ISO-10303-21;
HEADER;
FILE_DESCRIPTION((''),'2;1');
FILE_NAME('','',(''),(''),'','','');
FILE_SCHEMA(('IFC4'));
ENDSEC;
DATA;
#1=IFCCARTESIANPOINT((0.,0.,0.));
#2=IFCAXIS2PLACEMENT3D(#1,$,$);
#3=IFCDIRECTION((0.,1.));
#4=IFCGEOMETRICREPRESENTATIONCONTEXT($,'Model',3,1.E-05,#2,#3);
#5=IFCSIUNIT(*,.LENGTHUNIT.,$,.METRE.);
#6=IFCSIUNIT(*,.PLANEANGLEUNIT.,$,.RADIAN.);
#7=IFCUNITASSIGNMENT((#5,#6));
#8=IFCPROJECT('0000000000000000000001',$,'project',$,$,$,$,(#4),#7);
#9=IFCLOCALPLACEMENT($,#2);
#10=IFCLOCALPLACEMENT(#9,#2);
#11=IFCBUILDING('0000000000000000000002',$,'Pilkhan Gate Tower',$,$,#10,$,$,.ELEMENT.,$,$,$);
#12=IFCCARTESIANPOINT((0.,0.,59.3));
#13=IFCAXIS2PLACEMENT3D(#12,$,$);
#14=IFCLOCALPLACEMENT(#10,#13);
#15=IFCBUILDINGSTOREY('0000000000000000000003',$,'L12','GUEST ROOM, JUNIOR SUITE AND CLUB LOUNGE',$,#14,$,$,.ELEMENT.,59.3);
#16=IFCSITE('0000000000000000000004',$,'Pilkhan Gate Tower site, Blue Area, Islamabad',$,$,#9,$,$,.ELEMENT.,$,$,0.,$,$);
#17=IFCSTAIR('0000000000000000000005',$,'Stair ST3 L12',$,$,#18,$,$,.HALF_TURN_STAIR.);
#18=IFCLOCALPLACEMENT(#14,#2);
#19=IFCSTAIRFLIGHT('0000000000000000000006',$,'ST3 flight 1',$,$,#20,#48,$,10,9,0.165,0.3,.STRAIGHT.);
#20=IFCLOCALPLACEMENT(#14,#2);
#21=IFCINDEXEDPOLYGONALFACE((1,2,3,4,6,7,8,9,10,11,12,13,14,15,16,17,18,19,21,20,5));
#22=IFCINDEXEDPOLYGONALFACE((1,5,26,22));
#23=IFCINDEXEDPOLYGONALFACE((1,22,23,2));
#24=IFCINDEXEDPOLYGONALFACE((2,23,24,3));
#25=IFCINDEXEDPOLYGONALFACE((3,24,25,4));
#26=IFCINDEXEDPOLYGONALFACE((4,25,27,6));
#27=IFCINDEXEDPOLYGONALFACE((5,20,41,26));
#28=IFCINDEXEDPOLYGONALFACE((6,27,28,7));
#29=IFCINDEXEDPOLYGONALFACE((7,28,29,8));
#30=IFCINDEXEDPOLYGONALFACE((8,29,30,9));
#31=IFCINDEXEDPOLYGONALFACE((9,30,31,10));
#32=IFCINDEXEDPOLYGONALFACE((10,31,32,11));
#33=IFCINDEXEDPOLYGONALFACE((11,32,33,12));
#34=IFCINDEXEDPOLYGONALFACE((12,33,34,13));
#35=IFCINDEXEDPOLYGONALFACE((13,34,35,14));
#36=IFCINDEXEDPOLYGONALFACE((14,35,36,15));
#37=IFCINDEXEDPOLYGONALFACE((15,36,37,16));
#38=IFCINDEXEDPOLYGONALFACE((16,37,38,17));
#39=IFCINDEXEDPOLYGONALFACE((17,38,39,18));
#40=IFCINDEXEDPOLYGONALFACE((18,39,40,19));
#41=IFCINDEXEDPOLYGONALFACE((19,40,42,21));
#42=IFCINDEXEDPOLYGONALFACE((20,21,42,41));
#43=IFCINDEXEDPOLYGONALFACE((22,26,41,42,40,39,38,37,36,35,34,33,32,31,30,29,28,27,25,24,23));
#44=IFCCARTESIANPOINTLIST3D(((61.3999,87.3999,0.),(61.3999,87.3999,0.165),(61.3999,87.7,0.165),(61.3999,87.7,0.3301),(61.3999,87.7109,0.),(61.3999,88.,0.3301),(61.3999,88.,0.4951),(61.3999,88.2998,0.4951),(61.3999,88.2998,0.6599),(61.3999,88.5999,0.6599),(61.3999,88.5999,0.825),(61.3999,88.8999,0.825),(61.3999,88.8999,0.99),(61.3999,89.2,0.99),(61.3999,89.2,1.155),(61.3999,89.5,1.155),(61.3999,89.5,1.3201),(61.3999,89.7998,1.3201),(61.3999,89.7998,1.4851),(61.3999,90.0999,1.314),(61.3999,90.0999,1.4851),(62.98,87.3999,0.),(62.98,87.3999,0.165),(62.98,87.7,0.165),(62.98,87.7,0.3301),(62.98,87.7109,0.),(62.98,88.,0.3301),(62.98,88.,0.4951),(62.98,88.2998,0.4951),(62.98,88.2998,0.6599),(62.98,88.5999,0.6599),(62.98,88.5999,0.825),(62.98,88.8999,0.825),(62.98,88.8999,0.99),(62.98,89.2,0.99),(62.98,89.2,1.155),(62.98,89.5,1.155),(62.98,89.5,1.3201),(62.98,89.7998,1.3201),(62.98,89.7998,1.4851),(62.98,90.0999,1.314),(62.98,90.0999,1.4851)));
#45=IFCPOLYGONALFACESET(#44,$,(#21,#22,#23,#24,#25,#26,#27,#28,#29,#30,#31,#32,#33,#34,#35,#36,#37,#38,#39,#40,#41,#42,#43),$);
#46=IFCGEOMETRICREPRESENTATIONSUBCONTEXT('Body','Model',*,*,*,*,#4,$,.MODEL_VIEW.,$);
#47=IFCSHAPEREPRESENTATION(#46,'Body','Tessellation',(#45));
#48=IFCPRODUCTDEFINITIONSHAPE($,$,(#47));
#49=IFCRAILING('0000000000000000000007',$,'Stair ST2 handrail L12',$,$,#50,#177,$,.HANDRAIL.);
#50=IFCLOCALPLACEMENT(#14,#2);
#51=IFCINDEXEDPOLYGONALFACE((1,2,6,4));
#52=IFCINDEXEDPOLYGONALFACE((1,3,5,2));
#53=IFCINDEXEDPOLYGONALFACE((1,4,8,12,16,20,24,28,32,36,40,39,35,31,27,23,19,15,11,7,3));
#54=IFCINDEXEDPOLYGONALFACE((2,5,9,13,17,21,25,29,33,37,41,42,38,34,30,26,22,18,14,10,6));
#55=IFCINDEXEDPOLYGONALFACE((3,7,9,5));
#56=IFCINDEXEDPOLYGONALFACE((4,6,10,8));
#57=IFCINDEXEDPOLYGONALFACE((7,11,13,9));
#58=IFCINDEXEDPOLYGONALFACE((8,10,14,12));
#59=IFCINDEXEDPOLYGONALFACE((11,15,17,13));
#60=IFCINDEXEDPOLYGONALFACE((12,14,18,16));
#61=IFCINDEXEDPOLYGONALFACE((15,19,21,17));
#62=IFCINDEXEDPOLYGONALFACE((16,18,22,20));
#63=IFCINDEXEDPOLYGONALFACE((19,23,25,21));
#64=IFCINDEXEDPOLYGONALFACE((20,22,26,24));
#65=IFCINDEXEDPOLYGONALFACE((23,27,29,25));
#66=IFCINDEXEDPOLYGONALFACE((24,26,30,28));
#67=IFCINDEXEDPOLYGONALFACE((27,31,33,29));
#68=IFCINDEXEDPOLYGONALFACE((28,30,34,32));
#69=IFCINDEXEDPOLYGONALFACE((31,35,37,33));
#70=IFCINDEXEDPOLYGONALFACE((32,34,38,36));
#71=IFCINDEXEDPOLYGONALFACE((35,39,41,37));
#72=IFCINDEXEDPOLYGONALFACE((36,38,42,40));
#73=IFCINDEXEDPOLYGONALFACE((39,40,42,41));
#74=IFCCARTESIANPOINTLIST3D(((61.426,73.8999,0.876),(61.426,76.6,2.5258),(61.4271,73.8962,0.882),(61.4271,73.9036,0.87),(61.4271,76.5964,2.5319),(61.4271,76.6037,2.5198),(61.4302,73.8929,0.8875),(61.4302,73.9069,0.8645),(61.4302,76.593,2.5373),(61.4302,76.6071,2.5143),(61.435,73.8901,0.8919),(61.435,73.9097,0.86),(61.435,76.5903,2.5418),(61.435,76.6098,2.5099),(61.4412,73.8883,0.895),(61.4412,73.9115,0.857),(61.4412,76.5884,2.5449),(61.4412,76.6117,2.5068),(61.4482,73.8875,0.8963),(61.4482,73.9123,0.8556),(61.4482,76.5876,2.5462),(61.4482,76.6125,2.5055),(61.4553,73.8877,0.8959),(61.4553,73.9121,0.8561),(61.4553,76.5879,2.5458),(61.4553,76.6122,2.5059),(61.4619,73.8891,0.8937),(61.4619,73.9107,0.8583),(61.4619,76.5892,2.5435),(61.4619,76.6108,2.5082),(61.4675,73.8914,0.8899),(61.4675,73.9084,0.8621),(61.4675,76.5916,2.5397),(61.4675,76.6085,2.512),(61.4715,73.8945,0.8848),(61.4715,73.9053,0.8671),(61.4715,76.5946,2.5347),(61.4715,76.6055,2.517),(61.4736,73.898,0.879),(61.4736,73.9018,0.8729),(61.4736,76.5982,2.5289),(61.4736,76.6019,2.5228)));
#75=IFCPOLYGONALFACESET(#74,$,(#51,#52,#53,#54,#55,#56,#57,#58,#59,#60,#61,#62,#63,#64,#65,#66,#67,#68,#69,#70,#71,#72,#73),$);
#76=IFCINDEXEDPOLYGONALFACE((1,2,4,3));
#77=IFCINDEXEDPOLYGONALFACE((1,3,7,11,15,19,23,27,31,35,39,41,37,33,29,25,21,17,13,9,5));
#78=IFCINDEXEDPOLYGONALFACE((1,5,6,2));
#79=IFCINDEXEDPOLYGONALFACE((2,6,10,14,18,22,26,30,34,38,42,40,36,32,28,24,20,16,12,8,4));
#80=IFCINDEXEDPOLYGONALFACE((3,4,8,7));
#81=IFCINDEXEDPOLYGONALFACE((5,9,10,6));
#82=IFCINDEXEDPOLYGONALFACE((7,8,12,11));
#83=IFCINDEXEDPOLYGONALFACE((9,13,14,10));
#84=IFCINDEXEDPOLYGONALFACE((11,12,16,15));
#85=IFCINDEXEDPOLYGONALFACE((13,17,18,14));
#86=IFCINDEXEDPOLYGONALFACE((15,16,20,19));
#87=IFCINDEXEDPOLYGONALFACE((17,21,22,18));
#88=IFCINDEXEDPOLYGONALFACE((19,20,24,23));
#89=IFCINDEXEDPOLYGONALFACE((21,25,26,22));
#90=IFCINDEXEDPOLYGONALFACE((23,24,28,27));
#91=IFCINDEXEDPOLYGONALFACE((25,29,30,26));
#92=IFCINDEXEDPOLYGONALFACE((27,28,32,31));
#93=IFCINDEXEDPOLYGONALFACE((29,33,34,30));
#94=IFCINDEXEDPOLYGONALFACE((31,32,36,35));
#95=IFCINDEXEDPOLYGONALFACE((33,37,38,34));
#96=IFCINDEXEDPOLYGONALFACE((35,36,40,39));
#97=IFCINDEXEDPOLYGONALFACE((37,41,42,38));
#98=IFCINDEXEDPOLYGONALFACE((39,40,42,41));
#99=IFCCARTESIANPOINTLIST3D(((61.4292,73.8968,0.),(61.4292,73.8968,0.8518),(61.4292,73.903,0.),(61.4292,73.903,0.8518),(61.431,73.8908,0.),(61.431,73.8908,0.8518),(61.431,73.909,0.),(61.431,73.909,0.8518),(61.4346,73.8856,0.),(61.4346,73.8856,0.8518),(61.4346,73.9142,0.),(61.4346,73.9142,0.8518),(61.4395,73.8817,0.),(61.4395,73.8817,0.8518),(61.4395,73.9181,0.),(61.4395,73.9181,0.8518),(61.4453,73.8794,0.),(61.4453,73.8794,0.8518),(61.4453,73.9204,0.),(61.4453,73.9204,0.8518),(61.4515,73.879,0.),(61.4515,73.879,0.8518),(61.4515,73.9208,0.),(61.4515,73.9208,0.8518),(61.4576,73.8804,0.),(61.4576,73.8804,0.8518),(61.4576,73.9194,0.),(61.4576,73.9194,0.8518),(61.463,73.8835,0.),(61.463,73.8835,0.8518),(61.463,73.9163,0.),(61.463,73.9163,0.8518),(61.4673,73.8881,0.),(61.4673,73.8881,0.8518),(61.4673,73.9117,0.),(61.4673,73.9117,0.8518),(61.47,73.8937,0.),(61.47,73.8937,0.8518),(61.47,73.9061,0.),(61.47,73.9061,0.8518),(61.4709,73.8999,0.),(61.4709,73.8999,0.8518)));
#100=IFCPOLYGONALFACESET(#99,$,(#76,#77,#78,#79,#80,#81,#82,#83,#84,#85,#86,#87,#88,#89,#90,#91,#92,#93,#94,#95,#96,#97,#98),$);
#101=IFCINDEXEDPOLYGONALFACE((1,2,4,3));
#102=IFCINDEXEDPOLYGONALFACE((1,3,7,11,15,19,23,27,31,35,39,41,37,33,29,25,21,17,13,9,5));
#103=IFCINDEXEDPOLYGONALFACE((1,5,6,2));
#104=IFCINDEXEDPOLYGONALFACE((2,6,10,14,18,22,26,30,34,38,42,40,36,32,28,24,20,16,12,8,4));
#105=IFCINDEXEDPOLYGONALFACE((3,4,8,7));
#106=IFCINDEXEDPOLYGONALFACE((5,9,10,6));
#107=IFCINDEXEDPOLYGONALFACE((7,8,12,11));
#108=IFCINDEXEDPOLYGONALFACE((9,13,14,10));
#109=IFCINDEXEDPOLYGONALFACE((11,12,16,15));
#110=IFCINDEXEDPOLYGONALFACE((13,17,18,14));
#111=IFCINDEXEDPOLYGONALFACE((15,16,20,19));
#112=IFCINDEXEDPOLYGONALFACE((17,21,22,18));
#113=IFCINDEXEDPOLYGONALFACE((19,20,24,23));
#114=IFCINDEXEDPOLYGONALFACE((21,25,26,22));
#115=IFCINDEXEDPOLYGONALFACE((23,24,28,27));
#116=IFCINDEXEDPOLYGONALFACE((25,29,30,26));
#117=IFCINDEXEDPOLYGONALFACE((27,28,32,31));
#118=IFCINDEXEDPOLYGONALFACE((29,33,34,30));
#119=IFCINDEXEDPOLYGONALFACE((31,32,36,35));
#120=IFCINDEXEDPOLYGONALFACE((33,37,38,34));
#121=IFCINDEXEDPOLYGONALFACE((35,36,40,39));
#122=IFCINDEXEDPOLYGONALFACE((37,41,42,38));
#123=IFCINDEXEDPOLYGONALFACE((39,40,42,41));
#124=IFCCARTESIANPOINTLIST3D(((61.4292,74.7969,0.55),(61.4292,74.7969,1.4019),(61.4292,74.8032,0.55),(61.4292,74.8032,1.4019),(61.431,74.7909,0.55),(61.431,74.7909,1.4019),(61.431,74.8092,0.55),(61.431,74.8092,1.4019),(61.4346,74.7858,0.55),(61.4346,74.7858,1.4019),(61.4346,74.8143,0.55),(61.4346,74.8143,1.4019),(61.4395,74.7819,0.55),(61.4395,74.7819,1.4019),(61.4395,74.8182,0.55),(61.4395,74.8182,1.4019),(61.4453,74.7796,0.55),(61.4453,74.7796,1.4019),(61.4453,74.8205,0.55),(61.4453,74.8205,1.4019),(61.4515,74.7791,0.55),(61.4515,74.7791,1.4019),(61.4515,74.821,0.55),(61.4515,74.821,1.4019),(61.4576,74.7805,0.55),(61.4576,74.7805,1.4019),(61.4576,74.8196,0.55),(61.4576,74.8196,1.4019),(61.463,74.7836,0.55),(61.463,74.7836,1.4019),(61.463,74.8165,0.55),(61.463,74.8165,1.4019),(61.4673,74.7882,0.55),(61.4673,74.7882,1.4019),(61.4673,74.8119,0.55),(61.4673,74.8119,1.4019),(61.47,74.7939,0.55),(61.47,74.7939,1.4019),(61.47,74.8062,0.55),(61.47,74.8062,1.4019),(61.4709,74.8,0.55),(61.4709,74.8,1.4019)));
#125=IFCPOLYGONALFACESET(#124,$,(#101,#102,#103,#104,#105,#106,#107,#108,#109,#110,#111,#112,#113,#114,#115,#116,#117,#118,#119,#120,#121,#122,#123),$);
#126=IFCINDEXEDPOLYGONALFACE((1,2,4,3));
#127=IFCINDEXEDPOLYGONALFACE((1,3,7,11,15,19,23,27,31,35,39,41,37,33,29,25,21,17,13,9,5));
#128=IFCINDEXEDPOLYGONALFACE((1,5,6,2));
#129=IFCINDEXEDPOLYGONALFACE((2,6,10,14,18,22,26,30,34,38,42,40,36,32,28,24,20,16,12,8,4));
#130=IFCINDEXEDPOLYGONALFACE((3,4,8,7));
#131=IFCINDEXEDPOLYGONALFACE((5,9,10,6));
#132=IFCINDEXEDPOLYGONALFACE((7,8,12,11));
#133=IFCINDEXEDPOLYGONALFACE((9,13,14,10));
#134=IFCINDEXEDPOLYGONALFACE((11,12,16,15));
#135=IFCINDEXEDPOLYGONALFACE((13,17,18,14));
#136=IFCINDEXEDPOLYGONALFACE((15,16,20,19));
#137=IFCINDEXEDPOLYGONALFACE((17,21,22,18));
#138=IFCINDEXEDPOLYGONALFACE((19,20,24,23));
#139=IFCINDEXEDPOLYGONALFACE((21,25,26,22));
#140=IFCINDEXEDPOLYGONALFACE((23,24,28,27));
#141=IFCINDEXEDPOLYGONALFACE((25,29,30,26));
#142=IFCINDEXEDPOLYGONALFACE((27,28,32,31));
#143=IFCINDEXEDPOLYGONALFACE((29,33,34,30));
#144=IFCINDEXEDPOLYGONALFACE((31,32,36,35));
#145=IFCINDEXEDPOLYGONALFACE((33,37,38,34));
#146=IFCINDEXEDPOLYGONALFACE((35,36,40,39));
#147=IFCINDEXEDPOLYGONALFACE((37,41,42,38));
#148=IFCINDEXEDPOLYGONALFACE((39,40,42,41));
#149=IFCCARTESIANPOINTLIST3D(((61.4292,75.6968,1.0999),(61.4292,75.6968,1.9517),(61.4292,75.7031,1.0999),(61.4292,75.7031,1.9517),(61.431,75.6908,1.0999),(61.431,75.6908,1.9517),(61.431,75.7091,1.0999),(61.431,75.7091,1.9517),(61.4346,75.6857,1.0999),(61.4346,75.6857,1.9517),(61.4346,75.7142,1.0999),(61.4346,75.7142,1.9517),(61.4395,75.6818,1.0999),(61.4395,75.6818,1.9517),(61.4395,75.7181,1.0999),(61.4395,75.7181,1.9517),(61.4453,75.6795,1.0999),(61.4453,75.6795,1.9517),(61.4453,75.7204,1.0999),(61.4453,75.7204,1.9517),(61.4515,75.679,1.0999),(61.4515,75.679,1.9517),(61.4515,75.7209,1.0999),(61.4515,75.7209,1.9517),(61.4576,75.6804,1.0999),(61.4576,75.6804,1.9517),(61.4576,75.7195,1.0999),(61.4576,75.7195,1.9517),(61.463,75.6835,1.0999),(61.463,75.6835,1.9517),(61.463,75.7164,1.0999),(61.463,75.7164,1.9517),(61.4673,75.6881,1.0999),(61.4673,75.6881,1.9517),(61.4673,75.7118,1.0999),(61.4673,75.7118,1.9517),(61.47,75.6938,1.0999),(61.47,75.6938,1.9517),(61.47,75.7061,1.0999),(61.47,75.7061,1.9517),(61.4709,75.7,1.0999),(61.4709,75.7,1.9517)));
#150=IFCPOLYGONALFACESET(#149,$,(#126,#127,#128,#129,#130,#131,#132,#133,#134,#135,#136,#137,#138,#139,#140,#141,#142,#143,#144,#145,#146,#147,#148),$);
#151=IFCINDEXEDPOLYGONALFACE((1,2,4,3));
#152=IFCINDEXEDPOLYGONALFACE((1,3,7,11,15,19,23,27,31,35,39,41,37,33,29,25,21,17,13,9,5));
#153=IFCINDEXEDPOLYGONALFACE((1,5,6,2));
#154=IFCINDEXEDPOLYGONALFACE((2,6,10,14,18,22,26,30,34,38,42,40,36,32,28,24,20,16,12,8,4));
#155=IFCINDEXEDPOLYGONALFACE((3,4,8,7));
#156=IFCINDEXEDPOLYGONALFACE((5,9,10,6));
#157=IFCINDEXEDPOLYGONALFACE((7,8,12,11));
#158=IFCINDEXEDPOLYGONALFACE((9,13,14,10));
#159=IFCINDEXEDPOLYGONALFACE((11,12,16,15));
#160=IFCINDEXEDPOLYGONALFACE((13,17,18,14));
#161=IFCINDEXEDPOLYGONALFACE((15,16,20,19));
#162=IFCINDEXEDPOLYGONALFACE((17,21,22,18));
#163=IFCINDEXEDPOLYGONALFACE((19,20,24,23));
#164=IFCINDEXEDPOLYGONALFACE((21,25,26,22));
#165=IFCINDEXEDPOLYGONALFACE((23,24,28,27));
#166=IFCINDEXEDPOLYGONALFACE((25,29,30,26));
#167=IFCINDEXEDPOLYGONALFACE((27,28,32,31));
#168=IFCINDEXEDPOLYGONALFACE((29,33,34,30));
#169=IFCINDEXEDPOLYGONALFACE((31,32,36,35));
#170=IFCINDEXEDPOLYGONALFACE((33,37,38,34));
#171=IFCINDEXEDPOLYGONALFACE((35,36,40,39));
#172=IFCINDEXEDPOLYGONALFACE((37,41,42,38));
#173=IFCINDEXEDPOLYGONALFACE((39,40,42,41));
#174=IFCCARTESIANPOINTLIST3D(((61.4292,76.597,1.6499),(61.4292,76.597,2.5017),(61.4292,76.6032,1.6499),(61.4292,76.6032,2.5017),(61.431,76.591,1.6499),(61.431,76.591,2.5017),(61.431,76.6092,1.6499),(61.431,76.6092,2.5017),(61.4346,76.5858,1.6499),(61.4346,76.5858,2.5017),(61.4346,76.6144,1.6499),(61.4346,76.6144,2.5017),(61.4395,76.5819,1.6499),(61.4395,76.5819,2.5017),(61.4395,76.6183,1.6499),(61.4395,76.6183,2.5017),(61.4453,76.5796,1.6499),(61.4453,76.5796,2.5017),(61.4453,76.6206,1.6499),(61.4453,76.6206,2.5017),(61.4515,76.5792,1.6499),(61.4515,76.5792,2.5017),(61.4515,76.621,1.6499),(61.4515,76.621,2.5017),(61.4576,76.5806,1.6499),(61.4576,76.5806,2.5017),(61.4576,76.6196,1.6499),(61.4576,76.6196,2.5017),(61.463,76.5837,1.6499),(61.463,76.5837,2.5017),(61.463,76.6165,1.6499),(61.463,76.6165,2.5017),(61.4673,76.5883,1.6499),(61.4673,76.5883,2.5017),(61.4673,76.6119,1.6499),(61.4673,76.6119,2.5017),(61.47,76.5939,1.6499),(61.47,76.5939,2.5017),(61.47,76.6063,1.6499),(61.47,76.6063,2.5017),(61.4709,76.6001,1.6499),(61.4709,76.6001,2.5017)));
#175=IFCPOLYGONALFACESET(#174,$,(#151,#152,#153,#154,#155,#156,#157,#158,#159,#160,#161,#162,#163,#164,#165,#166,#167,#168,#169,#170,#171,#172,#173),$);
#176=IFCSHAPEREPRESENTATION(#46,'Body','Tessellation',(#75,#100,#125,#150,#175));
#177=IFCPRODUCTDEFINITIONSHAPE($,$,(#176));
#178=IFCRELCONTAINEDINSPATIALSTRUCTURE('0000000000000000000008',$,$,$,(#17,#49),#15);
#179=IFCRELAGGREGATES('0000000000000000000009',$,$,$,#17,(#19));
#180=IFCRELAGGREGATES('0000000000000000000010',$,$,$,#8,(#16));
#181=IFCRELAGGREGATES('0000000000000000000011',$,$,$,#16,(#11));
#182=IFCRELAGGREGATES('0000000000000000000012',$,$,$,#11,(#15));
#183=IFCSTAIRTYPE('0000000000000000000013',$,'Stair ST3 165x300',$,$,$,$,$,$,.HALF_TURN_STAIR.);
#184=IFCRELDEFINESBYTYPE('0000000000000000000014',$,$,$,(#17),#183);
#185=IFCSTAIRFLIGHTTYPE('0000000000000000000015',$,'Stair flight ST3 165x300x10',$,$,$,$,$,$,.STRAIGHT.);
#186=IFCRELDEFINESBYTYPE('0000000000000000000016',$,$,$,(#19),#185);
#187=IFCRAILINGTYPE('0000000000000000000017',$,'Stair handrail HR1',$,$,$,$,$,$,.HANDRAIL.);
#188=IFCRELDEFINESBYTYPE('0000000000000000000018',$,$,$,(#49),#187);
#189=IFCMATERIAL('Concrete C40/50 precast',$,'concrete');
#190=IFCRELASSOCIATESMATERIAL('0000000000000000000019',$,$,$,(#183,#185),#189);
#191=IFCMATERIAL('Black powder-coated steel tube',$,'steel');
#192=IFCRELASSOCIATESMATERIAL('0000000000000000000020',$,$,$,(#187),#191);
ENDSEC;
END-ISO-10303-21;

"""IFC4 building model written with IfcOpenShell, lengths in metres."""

from ifc_helpers import new_model, si_unit, direction, frame, origin, origin_2d, place, context, subcontext, project, spatial, polyline, circle, outline, extrude, material, type_object, element, aggregate, save


model = new_model("IFC4")

# Units and contexts
model_context = context("Model", 3, precision=1e-05, world=origin(), true_north=direction((0.0, 1.0)))
body_context = subcontext(model_context, "Body", "Model", "MODEL_VIEW")
ifc_project = project(units=[si_unit("LENGTHUNIT", "METRE"), si_unit("PLANEANGLEUNIT", "RADIAN")], contexts=[model_context])

# Site, building, storey
site_placement = place(None, origin())
site = spatial("IfcSite", under=ifc_project, at=site_placement, Name="Pilkhan Gate Tower site, Blue Area, Islamabad", CompositionType="ELEMENT", RefElevation=0.0)
building_placement = place(site_placement, origin())
building = spatial("IfcBuilding", under=site, at=building_placement, Name="Pilkhan Gate Tower", CompositionType="ELEMENT")
storey_placement = place(building_placement, frame((0.0, 0.0, 59.3)))
storey = spatial("IfcBuildingStorey", under=building, at=storey_placement, Name="L12", Description="GUEST ROOM, JUNIOR SUITE AND CLUB LOUNGE", CompositionType="ELEMENT", Elevation=59.3)

# Shared definitions
ifc_material_1 = material(Name="Concrete C40/50 precast", Category="concrete")

# Stair, stair flight
stair_type_1 = type_object("IfcStairType", Name="Stair ST3 165x300", PredefinedType="HALF_TURN_STAIR", material=ifc_material_1)
stair_1_placement = place(storey_placement, origin())
stair_1 = element("IfcStair", 1, at=stair_1_placement, inside=storey, type_object=stair_type_1, Name="Stair ST3 L12", PredefinedType="HALF_TURN_STAIR")
stair_flight_type_1 = type_object("IfcStairFlightType", Name="Stair flight ST3 165x300x10", PredefinedType="STRAIGHT", material=ifc_material_1)
stair_flight_1_placement = place(storey_placement, frame((62.1899, 87.3999, 0.0), z_axis=(0.0, 0.0, 1.0), x_axis=(0.0, 1.0, 0.0)))
stair_flight_1 = element("IfcStairFlight", 2, at=stair_flight_1_placement, type_object=stair_flight_type_1, Name="ST3 flight 1", NumberOfRisers=10, NumberOfTreads=9, PredefinedType="STRAIGHT", RiserHeight=0.165, TreadLength=0.3, context=body_context, shape_type="SweptSolid", body=[
    extrude(outline(polyline([(0.0, 0.0), (0.0, 0.165), (0.3, 0.165), (0.3, 0.3301), (0.6001, 0.3301), (0.6001, 0.4951), (0.8999, 0.4951), (0.8999, 0.6599), (1.2, 0.6599), (1.2, 0.825), (1.5, 0.825), (1.5, 0.99), (1.8, 0.99), (1.8, 1.155), (2.1001, 1.155), (2.1001, 1.3201), (2.3999, 1.3201), (2.3999, 1.4851), (2.7, 1.4851), (2.7, 1.6499), (2.7, 1.314), (0.311, 0.0), (0.0, 0.0)])), frame((0.0, 0.79, 0.0), z_axis=(0.0, -1.0, 0.0), x_axis=(1.0, 0.0, 0.0)), (0.0, 0.0, 1.0), 1.5801),
])
aggregate(stair_1, [stair_flight_1])

# Railing
ifc_material_2 = material(Name="Black powder-coated steel tube", Category="steel")
railing_type_1 = type_object("IfcRailingType", Name="Stair handrail HR1", PredefinedType="HANDRAIL", material=ifc_material_2)
railing_1_placement = place(storey_placement, frame((61.45, 73.8999, 0.0)))
element("IfcRailing", 3, at=railing_1_placement, inside=storey, type_object=railing_type_1, Name="Stair ST2 handrail L12", PredefinedType="HANDRAIL", context=body_context, shape_type="SweptSolid", body=[
    extrude(circle(Radius=0.0239, at=origin_2d()), frame((0.0, 0.0, 0.876), z_axis=(0.0, 0.853312, 0.5214), x_axis=(-1.0, 0.0, 0.0)), (0.0, 0.0, 1.0), 3.1643),
    extrude(circle(Radius=0.021, at=origin_2d()), origin(), (0.0, 0.0, 1.0), 0.8518),
    extrude(circle(Radius=0.021, at=origin_2d()), frame((0.0, 0.9001, 0.55)), (0.0, 0.0, 1.0), 0.8518),
    extrude(circle(Radius=0.021, at=origin_2d()), frame((0.0, 1.8, 1.0999)), (0.0, 0.0, 1.0), 0.8518),
    extrude(circle(Radius=0.021, at=origin_2d()), frame((0.0, 2.7002, 1.6499)), (0.0, 0.0, 1.0), 0.8518),
])

save(model, "model.ifc")
